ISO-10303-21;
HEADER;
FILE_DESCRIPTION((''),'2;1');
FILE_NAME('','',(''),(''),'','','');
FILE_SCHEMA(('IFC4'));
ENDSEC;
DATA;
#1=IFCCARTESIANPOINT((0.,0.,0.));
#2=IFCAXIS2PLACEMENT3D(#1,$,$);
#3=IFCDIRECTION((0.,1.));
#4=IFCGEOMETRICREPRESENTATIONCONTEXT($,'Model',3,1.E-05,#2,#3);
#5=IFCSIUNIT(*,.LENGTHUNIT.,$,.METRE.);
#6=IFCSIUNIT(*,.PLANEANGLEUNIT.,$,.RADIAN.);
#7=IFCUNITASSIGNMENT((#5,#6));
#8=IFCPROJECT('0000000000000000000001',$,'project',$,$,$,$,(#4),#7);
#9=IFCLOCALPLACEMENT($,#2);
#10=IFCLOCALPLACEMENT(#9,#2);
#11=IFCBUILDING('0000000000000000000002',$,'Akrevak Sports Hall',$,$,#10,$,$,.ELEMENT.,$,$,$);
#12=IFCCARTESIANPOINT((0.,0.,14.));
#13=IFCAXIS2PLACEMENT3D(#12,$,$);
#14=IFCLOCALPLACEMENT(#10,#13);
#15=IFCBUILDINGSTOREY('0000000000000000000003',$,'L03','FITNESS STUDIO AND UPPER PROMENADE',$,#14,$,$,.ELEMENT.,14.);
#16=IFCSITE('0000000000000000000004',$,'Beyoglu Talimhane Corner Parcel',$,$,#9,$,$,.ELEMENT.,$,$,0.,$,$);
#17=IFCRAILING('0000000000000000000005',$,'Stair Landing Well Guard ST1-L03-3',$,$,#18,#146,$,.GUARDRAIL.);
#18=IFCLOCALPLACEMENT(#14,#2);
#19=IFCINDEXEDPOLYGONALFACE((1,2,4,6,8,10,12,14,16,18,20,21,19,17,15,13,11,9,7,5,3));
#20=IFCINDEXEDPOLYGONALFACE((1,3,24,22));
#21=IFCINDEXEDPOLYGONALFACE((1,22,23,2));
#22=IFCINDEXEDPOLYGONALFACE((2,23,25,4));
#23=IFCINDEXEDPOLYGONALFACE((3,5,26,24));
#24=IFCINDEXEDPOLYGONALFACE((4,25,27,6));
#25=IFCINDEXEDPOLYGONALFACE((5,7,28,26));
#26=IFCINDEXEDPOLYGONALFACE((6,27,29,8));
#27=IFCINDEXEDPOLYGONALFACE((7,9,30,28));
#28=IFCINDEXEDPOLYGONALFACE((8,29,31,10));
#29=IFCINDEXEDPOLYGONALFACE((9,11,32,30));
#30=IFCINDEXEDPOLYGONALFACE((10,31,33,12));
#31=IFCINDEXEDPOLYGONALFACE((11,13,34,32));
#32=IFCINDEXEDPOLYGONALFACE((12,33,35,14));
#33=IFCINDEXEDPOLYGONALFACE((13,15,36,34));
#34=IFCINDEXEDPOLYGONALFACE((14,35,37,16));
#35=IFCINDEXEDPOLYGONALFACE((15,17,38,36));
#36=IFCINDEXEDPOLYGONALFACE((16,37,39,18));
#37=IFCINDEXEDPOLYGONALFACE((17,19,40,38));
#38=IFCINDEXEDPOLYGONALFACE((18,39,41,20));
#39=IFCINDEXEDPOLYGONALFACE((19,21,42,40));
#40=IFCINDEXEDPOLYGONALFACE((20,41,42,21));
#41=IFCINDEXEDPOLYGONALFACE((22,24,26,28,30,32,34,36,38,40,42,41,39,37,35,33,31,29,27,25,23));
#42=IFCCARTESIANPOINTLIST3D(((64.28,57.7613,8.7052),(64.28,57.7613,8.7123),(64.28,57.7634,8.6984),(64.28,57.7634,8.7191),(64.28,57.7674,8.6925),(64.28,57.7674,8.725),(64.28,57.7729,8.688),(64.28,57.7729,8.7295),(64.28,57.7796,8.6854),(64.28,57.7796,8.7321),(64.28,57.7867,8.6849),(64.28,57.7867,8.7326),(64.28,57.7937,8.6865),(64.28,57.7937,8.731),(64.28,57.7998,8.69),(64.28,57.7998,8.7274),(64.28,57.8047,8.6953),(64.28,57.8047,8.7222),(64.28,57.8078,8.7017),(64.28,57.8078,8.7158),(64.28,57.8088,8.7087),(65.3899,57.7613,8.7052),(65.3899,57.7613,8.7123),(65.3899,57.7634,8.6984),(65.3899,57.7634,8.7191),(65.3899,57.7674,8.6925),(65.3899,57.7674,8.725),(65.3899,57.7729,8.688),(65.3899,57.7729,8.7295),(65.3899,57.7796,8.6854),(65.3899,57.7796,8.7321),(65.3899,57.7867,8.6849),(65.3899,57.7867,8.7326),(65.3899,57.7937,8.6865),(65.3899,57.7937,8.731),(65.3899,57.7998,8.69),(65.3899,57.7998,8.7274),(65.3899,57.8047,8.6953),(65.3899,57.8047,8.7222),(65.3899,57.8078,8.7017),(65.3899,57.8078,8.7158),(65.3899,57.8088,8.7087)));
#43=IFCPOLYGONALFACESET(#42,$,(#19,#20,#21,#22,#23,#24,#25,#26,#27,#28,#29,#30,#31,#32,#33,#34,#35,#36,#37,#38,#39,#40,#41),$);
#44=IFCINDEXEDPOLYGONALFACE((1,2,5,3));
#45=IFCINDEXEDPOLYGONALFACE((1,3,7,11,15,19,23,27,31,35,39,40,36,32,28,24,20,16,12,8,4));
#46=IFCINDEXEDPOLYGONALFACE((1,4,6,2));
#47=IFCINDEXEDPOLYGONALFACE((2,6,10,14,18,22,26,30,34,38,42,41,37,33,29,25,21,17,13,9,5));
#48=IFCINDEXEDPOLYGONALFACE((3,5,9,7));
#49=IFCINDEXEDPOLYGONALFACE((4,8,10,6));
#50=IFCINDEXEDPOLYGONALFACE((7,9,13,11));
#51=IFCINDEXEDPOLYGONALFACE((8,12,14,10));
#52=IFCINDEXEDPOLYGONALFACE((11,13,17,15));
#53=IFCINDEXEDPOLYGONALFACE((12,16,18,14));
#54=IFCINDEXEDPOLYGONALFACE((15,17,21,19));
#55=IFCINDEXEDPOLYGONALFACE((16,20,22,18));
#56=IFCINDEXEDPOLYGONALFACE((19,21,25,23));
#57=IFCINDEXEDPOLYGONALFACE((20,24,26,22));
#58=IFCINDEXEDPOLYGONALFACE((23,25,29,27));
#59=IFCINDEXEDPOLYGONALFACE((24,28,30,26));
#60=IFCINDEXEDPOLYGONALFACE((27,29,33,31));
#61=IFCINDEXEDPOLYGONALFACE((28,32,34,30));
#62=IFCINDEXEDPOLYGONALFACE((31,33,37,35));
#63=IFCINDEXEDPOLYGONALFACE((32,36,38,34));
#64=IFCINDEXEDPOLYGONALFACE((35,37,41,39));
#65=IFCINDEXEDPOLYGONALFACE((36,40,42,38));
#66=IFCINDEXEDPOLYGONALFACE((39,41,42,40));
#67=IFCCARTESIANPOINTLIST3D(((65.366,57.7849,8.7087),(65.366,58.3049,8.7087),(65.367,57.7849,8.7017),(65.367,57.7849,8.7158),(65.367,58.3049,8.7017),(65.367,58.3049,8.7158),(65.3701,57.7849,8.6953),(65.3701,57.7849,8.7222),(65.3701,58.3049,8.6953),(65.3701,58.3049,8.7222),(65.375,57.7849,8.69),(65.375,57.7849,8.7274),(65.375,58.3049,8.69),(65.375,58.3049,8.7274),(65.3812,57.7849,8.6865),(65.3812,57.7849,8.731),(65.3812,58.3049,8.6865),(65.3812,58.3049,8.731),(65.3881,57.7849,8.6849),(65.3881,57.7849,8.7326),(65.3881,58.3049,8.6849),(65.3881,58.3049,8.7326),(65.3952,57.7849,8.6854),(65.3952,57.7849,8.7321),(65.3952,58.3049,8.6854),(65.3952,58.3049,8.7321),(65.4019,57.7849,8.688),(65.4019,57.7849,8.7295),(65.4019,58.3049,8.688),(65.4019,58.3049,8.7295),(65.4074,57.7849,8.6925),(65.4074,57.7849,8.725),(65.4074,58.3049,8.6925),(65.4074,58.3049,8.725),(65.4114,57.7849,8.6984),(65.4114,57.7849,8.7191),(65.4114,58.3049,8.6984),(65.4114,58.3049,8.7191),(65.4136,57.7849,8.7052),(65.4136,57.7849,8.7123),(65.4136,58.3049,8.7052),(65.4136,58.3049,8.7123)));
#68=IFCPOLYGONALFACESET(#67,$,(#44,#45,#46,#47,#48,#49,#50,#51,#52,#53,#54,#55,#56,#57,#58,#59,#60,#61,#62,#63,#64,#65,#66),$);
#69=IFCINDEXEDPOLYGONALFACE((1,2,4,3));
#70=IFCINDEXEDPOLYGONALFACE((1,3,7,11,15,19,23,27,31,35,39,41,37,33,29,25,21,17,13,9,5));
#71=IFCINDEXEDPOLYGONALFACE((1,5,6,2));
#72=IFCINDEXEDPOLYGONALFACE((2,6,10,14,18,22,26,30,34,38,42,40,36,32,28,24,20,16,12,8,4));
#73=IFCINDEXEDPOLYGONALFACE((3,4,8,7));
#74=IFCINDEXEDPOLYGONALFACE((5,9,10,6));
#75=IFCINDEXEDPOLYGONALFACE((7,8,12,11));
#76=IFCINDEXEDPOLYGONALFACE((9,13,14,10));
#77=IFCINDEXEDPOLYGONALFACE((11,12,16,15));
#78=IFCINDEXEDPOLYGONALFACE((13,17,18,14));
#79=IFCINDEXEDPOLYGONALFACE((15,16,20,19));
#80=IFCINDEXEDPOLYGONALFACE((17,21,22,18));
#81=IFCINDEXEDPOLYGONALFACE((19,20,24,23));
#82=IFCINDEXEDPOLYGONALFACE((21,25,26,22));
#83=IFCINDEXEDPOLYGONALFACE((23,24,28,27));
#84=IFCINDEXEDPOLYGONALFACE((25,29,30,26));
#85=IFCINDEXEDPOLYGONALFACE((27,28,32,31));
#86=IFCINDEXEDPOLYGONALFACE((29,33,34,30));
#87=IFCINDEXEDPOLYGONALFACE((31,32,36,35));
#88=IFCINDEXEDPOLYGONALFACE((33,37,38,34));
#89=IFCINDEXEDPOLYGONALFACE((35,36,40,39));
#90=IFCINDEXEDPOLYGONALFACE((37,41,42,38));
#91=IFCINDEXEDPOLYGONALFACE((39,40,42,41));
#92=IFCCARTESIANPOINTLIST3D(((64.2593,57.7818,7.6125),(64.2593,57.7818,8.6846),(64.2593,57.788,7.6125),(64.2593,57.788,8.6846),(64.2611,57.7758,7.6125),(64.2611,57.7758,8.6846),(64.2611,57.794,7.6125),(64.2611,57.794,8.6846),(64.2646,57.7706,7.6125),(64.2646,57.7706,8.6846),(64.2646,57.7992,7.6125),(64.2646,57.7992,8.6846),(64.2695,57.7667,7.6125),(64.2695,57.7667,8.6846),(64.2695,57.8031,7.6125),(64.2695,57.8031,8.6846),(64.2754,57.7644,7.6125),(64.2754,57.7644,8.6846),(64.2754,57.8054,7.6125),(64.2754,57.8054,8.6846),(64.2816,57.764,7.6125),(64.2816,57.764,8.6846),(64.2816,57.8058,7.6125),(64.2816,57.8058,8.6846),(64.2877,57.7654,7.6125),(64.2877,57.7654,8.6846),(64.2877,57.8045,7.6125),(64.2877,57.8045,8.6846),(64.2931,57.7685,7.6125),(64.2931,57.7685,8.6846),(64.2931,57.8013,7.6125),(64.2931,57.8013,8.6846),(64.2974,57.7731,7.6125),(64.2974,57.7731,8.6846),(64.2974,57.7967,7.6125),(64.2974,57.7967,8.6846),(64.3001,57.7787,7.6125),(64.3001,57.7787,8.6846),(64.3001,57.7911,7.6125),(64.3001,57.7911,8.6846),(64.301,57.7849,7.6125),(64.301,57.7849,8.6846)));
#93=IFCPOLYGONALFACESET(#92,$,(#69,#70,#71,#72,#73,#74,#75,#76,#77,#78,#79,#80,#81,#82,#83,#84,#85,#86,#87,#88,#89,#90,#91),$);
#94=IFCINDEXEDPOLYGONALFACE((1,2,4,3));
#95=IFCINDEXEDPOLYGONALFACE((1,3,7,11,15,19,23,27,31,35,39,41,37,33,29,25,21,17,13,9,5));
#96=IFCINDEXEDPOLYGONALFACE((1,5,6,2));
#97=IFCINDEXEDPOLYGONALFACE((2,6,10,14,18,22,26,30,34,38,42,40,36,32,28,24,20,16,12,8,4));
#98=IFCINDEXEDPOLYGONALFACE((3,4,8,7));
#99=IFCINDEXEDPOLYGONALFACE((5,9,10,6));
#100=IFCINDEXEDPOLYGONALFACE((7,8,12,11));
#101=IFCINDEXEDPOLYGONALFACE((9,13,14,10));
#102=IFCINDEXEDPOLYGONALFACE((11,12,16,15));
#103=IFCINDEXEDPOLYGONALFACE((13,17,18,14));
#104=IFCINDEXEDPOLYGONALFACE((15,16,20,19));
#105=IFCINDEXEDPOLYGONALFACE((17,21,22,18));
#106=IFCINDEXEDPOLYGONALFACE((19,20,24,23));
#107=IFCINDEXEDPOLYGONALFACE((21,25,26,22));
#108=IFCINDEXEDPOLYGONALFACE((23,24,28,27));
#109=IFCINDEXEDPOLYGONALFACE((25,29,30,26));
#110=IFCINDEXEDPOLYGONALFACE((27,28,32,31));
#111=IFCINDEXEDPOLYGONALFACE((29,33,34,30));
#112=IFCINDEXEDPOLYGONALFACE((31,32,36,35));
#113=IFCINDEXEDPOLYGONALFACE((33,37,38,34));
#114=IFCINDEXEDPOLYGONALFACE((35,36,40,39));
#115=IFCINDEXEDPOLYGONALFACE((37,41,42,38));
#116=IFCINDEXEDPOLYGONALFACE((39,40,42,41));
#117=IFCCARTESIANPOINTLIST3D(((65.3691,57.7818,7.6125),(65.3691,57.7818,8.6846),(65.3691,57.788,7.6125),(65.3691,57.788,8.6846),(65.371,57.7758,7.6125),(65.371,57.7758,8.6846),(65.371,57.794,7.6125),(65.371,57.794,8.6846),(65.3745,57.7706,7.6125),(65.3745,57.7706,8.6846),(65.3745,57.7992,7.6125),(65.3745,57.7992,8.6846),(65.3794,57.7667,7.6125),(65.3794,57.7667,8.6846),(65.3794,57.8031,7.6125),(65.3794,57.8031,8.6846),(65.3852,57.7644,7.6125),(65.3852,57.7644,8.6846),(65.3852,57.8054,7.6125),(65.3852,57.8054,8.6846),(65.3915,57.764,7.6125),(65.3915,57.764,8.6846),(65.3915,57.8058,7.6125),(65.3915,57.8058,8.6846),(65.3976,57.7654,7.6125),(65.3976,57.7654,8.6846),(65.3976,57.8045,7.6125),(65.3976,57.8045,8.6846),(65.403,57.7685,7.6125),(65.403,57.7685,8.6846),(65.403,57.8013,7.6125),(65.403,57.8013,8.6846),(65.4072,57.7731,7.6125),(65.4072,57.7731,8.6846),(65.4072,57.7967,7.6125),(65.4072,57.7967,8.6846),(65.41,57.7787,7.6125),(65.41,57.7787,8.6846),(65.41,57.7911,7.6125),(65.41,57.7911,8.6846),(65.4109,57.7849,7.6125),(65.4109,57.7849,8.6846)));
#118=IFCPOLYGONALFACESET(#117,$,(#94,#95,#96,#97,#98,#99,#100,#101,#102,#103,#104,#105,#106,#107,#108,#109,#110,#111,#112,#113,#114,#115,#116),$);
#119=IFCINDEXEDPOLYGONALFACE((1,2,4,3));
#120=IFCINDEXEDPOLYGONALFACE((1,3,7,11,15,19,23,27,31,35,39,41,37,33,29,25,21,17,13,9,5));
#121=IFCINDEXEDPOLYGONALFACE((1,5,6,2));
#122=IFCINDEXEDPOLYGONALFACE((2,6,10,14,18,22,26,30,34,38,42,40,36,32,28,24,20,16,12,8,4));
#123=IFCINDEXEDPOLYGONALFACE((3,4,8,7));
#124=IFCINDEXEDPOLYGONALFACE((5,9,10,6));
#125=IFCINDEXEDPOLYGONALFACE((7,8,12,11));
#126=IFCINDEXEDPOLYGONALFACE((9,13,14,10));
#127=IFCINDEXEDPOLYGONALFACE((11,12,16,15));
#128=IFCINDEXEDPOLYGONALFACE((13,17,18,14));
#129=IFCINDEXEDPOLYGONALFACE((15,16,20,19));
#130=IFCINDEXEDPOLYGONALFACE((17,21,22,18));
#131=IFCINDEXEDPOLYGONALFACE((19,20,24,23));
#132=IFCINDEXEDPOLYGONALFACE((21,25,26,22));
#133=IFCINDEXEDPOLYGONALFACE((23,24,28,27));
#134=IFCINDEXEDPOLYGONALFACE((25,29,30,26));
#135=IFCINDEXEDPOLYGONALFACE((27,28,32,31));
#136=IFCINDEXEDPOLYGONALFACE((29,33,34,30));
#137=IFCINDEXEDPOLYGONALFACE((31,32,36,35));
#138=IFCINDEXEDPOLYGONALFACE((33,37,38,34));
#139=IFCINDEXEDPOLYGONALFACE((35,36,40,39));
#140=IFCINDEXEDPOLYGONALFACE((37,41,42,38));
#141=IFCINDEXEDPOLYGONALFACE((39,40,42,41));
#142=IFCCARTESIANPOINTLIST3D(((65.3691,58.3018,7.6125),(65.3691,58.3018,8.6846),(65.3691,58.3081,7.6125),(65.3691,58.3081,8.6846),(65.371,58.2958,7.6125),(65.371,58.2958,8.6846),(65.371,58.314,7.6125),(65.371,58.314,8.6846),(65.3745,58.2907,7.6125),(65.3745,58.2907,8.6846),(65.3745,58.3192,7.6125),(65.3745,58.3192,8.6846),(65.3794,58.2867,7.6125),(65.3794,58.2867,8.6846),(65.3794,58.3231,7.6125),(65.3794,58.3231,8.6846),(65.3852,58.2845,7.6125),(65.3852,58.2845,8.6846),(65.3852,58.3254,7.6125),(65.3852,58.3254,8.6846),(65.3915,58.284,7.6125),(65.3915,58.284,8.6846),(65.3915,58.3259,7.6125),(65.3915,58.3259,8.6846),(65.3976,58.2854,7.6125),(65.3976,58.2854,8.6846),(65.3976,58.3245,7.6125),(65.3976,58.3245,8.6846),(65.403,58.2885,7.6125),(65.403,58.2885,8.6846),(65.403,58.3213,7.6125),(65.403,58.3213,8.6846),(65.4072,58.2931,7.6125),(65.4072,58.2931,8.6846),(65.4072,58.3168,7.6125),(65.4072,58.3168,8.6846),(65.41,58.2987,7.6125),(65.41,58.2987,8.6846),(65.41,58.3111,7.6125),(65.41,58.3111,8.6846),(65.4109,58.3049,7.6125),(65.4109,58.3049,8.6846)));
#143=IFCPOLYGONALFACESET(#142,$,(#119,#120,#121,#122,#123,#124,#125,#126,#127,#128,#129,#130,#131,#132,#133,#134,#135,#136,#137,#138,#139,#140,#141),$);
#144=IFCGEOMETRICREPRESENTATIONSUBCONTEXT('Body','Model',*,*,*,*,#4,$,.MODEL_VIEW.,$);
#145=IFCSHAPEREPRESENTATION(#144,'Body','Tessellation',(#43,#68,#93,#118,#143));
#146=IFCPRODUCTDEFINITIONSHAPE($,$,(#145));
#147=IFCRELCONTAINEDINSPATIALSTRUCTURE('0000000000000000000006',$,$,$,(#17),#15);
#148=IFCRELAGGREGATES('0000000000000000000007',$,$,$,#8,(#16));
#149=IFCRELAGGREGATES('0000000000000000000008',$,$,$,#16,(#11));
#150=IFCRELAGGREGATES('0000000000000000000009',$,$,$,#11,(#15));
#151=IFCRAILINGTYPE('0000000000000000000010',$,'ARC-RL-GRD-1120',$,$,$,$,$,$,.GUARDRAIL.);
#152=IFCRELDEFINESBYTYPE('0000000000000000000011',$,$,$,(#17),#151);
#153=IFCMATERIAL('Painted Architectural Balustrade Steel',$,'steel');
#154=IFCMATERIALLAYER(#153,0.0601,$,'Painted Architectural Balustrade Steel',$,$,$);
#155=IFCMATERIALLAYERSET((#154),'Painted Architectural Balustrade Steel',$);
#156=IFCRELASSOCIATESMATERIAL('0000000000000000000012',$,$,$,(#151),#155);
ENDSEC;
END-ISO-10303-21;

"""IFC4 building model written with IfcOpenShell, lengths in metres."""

from ifc_helpers import new_model, si_unit, direction, frame, origin, origin_2d, place, context, subcontext, project, spatial, circle, extrude, material, layer, layer_set, type_object, element, save


model = new_model("IFC4")

# Units and contexts
model_context = context("Model", 3, precision=1e-05, world=origin(), true_north=direction((0.0, 1.0)))
body_context = subcontext(model_context, "Body", "Model", "MODEL_VIEW")
ifc_project = project(units=[si_unit("LENGTHUNIT", "METRE"), si_unit("PLANEANGLEUNIT", "RADIAN")], contexts=[model_context])

# Site, building, storey
site_placement = place(None, origin())
site = spatial("IfcSite", under=ifc_project, at=site_placement, Name="Beyoglu Talimhane Corner Parcel", CompositionType="ELEMENT", RefElevation=0.0)
building_placement = place(site_placement, origin())
building = spatial("IfcBuilding", under=site, at=building_placement, Name="Akrevak Sports Hall", CompositionType="ELEMENT")
storey_placement = place(building_placement, frame((0.0, 0.0, 14.0)))
storey = spatial("IfcBuildingStorey", under=building, at=storey_placement, Name="L03", Description="FITNESS STUDIO AND UPPER PROMENADE", CompositionType="ELEMENT", Elevation=14.0)

# Railing
ifc_material_1 = material(Name="Painted Architectural Balustrade Steel", Category="steel")
ifc_layer_1 = layer(ifc_material_1, 0.0601, Name="Painted Architectural Balustrade Steel")
ifc_layer_set_1 = layer_set([ifc_layer_1], Name="Painted Architectural Balustrade Steel")
railing_type_1 = type_object("IfcRailingType", Name="ARC-RL-GRD-1120", PredefinedType="GUARDRAIL", material=ifc_layer_set_1)
railing_1_placement = place(storey_placement, frame((64.28, 57.7849, 7.6125)))
element("IfcRailing", 1, at=railing_1_placement, inside=storey, type_object=railing_type_1, Name="Stair Landing Well Guard ST1-L03-3", PredefinedType="GUARDRAIL", context=body_context, shape_type="SweptSolid", body=[
    extrude(circle(Radius=0.0239, at=origin_2d()), frame((0.0, 0.0, 1.0962), z_axis=(1.0, 0.0, 0.0), x_axis=(0.0, 1.0, 0.0)), (0.0, 0.0, 1.0), 1.1099),
    extrude(circle(Radius=0.0239, at=origin_2d()), frame((1.1099, 0.0, 1.0962), z_axis=(0.0, 1.0, 0.0), x_axis=(-1.0, 0.0, 0.0)), (0.0, 0.0, 1.0), 0.52),
    extrude(circle(Radius=0.021, at=origin_2d()), origin(), (0.0, 0.0, 1.0), 1.072),
    extrude(circle(Radius=0.021, at=origin_2d()), frame((1.1099, 0.0, 0.0)), (0.0, 0.0, 1.0), 1.072),
    extrude(circle(Radius=0.021, at=origin_2d()), frame((1.1099, 0.52, 0.0)), (0.0, 0.0, 1.0), 1.072),
])

save(model, "model.ifc")
